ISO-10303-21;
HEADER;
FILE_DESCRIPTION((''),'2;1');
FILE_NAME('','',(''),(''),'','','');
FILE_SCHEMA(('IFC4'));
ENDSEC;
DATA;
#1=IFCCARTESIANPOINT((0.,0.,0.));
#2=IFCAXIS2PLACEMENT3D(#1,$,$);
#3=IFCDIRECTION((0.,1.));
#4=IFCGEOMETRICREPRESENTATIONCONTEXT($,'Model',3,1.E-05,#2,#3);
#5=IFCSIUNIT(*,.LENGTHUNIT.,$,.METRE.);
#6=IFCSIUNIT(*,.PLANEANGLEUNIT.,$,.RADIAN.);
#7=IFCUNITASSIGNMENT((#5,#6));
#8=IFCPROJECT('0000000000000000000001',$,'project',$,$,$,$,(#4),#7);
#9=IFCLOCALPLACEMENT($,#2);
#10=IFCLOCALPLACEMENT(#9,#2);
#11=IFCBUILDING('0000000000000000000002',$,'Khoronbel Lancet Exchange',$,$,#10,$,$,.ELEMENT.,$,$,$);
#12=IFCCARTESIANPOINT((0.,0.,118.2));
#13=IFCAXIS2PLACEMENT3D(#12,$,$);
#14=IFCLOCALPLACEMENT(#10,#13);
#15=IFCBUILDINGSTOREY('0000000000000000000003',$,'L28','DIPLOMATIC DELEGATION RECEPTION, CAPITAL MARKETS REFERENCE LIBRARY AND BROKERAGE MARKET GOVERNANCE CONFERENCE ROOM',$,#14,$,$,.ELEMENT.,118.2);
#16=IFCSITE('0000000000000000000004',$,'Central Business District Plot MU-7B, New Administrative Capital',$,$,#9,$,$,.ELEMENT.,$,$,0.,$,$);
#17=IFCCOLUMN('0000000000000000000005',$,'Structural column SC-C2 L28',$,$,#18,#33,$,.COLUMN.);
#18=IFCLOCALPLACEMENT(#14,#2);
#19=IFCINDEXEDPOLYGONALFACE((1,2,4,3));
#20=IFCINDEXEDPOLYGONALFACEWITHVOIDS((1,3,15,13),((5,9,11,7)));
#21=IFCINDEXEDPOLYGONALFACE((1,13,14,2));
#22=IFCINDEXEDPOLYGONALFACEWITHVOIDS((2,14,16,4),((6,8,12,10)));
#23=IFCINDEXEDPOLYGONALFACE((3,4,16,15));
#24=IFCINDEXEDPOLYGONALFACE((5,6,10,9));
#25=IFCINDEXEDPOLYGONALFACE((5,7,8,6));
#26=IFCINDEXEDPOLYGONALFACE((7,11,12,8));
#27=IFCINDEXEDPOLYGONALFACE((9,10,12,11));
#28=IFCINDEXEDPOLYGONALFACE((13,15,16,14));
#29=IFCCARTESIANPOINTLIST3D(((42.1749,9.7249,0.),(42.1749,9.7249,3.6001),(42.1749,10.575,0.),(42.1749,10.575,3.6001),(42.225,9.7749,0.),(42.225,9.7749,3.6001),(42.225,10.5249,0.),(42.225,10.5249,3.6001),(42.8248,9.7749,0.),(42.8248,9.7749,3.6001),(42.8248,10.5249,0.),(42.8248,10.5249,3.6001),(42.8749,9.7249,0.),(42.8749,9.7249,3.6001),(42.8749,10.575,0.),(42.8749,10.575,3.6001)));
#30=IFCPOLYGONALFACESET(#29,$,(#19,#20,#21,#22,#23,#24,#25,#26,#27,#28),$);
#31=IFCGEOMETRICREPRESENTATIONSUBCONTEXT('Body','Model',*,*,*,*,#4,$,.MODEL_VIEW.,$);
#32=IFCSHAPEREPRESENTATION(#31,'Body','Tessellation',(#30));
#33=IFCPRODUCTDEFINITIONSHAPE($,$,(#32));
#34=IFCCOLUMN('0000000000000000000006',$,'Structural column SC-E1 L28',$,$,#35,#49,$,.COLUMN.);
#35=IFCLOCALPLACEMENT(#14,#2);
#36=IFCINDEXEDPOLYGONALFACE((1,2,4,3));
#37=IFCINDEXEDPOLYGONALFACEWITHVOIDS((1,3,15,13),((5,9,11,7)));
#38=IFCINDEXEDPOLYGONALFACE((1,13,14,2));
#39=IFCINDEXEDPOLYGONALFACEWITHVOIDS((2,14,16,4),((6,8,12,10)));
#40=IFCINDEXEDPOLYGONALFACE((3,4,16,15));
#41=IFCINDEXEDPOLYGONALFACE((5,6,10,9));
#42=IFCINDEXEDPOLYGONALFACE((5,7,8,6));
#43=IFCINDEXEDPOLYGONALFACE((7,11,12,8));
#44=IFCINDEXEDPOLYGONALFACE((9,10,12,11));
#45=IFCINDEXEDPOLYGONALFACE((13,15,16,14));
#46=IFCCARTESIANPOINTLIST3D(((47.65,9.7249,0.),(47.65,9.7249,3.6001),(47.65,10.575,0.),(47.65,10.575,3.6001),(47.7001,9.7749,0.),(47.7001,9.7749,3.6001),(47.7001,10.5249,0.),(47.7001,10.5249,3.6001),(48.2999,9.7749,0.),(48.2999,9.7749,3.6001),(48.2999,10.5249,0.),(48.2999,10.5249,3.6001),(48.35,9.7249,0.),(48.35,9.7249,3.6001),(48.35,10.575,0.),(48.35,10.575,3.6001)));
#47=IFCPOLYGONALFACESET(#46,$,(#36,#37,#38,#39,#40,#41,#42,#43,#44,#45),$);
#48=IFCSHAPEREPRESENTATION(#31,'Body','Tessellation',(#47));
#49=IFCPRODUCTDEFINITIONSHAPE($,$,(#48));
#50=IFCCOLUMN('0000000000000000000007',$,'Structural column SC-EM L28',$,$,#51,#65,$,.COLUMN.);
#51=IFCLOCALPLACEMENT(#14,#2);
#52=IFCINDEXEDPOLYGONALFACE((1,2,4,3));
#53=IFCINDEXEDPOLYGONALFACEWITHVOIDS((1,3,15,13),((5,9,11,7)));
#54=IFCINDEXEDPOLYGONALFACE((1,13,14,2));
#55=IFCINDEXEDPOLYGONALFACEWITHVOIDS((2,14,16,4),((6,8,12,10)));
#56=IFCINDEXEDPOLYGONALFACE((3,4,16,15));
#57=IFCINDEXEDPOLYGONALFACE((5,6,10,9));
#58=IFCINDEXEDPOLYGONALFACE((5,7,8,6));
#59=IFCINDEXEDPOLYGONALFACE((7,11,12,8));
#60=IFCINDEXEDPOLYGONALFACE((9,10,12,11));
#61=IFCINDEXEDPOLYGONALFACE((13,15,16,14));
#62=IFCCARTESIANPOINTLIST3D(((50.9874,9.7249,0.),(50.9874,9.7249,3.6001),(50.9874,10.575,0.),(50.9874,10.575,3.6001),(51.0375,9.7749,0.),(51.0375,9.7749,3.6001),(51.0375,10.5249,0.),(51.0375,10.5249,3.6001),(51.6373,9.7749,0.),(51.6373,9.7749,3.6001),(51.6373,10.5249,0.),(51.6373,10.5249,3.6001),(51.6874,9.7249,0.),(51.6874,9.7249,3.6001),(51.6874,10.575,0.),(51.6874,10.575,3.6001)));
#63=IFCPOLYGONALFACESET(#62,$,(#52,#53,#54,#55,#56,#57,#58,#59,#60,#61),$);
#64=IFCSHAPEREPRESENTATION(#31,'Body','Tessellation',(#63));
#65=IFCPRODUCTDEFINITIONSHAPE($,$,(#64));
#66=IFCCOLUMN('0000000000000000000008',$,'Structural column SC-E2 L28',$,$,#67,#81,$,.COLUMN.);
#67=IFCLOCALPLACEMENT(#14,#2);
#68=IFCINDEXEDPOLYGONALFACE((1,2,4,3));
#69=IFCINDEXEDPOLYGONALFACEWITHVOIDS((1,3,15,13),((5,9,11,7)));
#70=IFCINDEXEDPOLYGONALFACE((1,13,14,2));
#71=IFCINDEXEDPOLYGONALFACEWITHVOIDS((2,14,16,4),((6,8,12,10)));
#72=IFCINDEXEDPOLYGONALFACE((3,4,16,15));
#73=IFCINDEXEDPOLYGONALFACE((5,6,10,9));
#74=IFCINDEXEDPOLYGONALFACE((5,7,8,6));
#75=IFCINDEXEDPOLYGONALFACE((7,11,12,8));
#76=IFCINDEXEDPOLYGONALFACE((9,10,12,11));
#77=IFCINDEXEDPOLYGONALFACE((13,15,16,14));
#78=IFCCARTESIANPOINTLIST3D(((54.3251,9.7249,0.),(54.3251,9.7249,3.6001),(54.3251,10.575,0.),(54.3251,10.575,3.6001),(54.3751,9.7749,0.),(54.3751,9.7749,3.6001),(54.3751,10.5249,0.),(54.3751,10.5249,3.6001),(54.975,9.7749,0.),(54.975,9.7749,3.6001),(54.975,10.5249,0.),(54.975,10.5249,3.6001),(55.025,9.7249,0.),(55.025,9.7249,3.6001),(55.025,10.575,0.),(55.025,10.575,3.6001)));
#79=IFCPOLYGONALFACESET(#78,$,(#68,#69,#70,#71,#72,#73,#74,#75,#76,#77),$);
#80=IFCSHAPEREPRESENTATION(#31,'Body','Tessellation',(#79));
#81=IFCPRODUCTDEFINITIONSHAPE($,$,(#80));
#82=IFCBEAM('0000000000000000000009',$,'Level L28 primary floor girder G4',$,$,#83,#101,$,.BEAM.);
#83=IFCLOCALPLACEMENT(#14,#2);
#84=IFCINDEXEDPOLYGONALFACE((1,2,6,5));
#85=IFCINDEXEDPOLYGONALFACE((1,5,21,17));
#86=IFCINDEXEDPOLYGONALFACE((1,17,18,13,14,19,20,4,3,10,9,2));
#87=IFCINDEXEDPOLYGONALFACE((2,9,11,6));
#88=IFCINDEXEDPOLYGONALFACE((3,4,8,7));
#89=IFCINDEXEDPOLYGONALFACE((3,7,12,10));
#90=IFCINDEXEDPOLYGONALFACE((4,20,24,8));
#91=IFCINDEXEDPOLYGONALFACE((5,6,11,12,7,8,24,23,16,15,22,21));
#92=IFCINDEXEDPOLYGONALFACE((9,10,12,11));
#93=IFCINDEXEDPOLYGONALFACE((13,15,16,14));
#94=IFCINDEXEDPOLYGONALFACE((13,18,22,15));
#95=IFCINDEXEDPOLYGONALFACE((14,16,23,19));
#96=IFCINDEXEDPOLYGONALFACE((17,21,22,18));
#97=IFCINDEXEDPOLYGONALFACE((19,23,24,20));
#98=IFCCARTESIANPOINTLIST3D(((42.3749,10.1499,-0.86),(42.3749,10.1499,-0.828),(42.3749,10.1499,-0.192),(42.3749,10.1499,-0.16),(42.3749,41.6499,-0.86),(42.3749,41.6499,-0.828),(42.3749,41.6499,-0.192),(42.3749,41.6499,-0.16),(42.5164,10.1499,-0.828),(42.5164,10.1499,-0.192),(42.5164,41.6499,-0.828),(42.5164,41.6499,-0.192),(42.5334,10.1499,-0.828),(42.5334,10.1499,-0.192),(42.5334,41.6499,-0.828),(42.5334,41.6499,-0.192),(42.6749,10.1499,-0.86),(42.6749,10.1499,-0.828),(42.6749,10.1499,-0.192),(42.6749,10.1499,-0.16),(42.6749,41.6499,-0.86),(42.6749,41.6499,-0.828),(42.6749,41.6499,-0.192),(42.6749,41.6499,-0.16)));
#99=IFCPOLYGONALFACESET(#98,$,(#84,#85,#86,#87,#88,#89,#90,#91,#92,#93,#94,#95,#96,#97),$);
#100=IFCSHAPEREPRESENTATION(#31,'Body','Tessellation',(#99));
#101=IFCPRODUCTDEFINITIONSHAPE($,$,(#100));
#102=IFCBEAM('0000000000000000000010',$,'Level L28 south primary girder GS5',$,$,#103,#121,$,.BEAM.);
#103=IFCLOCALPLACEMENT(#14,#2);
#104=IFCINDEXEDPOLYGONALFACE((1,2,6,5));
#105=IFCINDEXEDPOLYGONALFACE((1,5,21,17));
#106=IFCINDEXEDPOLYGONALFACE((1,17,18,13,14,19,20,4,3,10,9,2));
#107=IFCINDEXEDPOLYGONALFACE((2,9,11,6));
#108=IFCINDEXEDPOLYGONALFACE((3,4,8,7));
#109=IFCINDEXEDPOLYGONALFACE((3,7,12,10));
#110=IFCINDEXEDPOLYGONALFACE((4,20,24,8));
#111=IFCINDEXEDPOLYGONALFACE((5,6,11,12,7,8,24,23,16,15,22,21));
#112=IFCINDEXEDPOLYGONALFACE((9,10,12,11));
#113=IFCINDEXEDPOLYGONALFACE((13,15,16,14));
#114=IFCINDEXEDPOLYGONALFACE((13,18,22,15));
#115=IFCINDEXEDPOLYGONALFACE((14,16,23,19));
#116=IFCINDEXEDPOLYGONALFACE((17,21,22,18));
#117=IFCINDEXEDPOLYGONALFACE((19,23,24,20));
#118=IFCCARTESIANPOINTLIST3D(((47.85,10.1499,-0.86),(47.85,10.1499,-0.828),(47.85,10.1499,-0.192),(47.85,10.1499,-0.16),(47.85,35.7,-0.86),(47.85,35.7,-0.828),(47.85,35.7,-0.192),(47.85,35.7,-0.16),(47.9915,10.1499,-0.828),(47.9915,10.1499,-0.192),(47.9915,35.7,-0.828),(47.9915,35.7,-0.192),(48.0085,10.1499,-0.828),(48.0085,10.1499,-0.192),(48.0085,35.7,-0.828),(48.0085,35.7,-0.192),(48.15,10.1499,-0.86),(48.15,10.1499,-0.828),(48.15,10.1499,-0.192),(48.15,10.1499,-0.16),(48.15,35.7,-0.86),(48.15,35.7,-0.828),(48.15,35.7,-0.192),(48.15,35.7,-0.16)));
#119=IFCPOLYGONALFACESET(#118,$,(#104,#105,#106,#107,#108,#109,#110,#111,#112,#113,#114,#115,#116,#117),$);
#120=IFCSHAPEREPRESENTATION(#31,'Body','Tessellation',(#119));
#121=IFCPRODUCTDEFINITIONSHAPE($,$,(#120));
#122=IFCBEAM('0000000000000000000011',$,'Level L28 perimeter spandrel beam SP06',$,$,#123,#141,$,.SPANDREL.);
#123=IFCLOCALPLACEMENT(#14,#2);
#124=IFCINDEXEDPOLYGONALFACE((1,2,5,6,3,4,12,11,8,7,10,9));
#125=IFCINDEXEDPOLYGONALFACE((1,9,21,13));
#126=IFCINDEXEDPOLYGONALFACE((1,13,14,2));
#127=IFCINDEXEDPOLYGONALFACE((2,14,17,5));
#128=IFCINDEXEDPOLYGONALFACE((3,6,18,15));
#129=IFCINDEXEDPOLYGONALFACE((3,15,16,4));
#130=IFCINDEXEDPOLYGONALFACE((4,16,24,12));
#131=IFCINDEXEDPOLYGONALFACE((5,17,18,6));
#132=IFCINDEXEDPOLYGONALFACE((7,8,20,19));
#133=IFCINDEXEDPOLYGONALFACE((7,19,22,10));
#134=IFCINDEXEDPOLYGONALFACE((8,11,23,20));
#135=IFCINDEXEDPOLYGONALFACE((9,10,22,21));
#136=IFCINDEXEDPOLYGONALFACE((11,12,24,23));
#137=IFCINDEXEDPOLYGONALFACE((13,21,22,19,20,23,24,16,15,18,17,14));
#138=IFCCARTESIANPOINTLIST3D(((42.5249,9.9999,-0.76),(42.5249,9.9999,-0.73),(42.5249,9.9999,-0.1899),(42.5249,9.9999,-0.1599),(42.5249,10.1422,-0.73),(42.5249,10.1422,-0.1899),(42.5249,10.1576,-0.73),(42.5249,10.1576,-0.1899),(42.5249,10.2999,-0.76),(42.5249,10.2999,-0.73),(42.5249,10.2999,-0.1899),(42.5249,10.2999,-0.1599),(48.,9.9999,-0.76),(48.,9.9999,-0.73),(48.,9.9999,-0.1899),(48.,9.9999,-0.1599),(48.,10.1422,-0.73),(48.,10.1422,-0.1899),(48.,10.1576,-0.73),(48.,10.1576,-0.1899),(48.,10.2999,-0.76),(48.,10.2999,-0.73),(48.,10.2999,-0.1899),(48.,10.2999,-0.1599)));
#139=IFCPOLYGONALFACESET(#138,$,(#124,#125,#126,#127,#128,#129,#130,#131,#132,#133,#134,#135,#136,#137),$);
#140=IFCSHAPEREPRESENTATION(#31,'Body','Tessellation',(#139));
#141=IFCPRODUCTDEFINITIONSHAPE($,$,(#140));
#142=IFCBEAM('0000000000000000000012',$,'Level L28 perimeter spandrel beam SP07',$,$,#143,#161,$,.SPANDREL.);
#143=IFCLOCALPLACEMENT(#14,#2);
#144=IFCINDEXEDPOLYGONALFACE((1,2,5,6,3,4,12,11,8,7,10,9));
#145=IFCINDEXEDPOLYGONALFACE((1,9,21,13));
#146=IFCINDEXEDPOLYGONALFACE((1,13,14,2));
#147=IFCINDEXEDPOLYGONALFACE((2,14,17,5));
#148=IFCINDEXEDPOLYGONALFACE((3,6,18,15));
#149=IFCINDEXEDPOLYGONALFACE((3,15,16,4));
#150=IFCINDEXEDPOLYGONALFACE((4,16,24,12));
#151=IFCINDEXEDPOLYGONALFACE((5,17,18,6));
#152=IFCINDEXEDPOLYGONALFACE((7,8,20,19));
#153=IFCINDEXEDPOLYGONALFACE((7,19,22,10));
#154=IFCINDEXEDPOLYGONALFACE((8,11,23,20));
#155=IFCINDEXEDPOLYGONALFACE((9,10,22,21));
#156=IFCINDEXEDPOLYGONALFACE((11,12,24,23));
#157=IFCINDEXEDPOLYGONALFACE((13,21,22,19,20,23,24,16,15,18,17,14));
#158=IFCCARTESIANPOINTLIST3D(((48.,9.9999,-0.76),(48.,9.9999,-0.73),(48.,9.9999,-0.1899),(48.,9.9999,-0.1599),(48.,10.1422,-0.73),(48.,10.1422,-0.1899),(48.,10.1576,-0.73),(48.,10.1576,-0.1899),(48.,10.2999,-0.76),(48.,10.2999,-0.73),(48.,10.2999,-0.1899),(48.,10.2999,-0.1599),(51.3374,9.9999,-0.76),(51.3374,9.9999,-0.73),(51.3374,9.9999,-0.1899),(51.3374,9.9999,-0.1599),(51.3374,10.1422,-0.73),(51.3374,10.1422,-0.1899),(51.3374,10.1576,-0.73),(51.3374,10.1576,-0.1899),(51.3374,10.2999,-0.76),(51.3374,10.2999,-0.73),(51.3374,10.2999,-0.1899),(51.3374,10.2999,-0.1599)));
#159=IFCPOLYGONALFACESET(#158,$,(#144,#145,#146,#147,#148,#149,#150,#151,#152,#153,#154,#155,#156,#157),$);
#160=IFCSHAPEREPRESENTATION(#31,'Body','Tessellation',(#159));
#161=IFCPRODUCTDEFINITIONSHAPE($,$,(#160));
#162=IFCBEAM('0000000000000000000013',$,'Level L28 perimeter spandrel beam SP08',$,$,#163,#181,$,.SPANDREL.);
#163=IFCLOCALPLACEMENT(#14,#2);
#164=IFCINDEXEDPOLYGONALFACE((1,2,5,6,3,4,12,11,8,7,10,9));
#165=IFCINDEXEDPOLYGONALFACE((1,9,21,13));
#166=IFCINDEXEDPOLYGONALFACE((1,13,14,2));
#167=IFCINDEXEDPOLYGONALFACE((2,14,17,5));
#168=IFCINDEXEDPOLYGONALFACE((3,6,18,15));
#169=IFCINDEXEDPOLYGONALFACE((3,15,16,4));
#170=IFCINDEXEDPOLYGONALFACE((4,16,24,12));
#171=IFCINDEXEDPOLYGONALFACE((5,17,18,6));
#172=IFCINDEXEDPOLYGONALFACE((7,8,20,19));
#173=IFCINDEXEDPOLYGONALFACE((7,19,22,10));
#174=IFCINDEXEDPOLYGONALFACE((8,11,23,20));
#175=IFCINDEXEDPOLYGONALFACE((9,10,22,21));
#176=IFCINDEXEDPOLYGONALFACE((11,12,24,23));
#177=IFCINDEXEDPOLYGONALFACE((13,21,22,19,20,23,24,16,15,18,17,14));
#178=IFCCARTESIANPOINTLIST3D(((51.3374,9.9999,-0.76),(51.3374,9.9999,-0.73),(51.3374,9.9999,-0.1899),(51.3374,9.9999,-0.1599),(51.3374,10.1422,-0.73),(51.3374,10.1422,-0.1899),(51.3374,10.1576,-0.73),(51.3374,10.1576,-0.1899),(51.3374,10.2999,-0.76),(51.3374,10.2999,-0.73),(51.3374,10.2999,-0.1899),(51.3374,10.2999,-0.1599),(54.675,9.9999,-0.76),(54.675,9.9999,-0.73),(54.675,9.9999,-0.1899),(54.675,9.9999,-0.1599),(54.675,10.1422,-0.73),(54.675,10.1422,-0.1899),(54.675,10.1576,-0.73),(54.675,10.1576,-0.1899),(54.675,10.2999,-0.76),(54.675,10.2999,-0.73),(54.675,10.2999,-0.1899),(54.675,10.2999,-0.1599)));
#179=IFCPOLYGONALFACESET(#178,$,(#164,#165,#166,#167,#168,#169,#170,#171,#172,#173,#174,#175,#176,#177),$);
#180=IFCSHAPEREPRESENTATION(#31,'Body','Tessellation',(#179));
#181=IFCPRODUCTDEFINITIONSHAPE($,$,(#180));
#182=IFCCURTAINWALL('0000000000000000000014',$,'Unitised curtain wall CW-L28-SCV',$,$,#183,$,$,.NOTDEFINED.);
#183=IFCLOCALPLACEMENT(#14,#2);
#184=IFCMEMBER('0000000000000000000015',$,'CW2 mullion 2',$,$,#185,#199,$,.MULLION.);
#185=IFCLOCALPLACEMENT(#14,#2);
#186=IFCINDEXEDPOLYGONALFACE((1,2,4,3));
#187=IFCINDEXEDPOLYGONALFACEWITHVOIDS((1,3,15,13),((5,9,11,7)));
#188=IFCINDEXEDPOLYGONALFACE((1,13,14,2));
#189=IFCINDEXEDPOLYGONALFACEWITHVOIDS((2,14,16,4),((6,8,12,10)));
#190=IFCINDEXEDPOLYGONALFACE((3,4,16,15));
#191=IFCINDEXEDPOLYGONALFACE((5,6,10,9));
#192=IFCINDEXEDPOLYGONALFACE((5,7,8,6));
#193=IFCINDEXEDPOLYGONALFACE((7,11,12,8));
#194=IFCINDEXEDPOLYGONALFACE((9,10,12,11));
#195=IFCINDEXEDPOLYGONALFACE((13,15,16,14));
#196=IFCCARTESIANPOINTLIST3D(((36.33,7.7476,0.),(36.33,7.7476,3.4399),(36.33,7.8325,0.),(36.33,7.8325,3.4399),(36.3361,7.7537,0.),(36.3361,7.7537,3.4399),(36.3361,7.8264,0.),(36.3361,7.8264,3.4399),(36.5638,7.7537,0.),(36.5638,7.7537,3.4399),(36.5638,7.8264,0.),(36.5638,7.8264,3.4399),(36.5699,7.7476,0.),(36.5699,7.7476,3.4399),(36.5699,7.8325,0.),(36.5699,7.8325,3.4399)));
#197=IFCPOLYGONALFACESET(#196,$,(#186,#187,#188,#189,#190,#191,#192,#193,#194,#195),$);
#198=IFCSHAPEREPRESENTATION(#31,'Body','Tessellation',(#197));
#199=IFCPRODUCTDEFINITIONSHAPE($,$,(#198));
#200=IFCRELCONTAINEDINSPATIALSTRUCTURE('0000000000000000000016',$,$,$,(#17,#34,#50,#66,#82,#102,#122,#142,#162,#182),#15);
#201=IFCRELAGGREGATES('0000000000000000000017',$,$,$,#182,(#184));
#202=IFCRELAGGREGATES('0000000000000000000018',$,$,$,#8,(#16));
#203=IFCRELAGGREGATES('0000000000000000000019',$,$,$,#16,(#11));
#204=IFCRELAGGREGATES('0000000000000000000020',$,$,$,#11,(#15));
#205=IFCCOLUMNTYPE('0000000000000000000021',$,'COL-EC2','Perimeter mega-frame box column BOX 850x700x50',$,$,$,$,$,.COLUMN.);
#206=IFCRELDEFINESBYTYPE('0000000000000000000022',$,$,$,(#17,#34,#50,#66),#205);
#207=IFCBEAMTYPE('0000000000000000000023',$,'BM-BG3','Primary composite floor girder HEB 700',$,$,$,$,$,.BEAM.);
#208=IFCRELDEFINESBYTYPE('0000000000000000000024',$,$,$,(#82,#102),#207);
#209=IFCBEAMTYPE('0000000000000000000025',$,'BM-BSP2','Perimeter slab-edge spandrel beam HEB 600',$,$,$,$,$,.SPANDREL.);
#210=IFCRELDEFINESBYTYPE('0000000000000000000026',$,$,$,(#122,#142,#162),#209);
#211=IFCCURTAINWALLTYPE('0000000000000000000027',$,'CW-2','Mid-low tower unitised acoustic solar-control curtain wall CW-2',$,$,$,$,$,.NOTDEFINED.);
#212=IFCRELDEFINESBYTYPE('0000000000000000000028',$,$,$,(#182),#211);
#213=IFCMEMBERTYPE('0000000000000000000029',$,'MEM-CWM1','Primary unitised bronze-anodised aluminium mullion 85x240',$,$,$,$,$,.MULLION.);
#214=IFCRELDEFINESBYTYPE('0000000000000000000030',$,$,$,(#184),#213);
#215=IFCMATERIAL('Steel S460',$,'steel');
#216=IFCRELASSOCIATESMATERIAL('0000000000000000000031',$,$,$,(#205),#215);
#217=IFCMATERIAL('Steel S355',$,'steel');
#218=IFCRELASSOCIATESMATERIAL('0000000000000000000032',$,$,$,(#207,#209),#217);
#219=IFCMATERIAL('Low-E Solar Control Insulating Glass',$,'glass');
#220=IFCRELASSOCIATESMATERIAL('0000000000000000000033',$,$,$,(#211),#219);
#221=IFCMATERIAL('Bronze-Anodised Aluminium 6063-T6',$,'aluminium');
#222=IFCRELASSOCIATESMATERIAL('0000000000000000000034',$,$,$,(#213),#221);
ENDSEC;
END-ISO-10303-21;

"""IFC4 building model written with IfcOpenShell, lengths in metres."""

from ifc_helpers import new_model, si_unit, direction, frame, origin, origin_2d, place, context, subcontext, project, spatial, hollow_rectangle, i_section, extrude, material, material_profile, profile_set, type_object, element, aggregate, save


model = new_model("IFC4")

# Units and contexts
model_context = context("Model", 3, precision=1e-05, world=origin(), true_north=direction((0.0, 1.0)))
body_context = subcontext(model_context, "Body", "Model", "MODEL_VIEW")
ifc_project = project(units=[si_unit("LENGTHUNIT", "METRE"), si_unit("PLANEANGLEUNIT", "RADIAN")], contexts=[model_context])

# Site, building, storey
site_placement = place(None, origin())
site = spatial("IfcSite", under=ifc_project, at=site_placement, Name="Central Business District Plot MU-7B, New Administrative Capital", CompositionType="ELEMENT", RefElevation=0.0)
building_placement = place(site_placement, origin())
building = spatial("IfcBuilding", under=site, at=building_placement, Name="Khoronbel Lancet Exchange", CompositionType="ELEMENT")
storey_placement = place(building_placement, frame((0.0, 0.0, 118.2)))
storey = spatial("IfcBuildingStorey", under=building, at=storey_placement, Name="L28", Description="DIPLOMATIC DELEGATION RECEPTION, CAPITAL MARKETS REFERENCE LIBRARY AND BROKERAGE MARKET GOVERNANCE CONFERENCE ROOM", CompositionType="ELEMENT", Elevation=118.2)

# Columns
ifc_material_1 = material(Name="Steel S460", Category="steel")
ifc_material_profile_1 = material_profile(ifc_material_1, hollow_rectangle(XDim=0.7, YDim=0.8501, WallThickness=0.05, at=origin_2d()), Name="BOX 850x700x50")
ifc_profile_set_1 = profile_set([ifc_material_profile_1], Name="Steel S460")
column_type = type_object("IfcColumnType", Name="COL-EC2", Description="Perimeter mega-frame box column BOX 850x700x50", PredefinedType="COLUMN", material=ifc_profile_set_1)
for number, where, z_axis, x_axis, name in (
    (1, (42.5249, 10.1499, 0.0), (0.0, 0.0, 1.0), (1.0, 0.0, 0.0), "Structural column SC-C2 L28"),
    (2, (48.0, 10.1499, 0.0), (0.0, 0.0, 1.0), (1.0, 0.0, 0.0), "Structural column SC-E1 L28"),
    (3, (51.3374, 10.1499, 0.0), (0.0, 0.0, 1.0), (1.0, 0.0, 0.0), "Structural column SC-EM L28"),
    (4, (54.675, 10.1499, 0.0), (0.0, 0.0, 1.0), (1.0, 0.0, 0.0), "Structural column SC-E2 L28"),
):
    element("IfcColumn", number, at=place(storey_placement, frame(where, z_axis=z_axis, x_axis=x_axis)), inside=storey, type_object=column_type, Name=name, PredefinedType="COLUMN", context=body_context, shape_type="SweptSolid", body=[
        extrude(hollow_rectangle(XDim=0.7, YDim=0.8501, WallThickness=0.05, at=origin_2d()), origin(), (0.0, 0.0, 1.0), 3.6001),
    ])

# Beams
ifc_material_2 = material(Name="Steel S355", Category="steel")
ifc_material_profile_2 = material_profile(ifc_material_2, i_section(OverallWidth=0.3, OverallDepth=0.7, WebThickness=0.0171, FlangeThickness=0.032, at=origin_2d()), Name="HEB 700")
ifc_profile_set_2 = profile_set([ifc_material_profile_2], Name="Steel S355")
beam_type_1 = type_object("IfcBeamType", Name="BM-BG3", Description="Primary composite floor girder HEB 700", PredefinedType="BEAM", material=ifc_profile_set_2)
beam_1_placement = place(storey_placement, frame((42.5249, 10.1499, -0.51), z_axis=(0.0, 1.0, 0.0), x_axis=(-1.0, 0.0, 0.0)))
element("IfcBeam", 5, at=beam_1_placement, inside=storey, type_object=beam_type_1, Name="Level L28 primary floor girder G4", PredefinedType="BEAM", context=body_context, shape_type="SweptSolid", body=[
    extrude(i_section(OverallWidth=0.3, OverallDepth=0.7, WebThickness=0.0171, FlangeThickness=0.032, at=origin_2d()), origin(), (0.0, 0.0, 1.0), 31.5),
])
beam_2_placement = place(storey_placement, frame((48.0, 10.1499, -0.51), z_axis=(0.0, 1.0, 0.0), x_axis=(-1.0, 0.0, 0.0)))
element("IfcBeam", 6, at=beam_2_placement, inside=storey, type_object=beam_type_1, Name="Level L28 south primary girder GS5", PredefinedType="BEAM", context=body_context, shape_type="SweptSolid", body=[
    extrude(i_section(OverallWidth=0.3, OverallDepth=0.7, WebThickness=0.0171, FlangeThickness=0.032, at=origin_2d()), origin(), (0.0, 0.0, 1.0), 25.55),
])
ifc_material_profile_3 = material_profile(ifc_material_2, i_section(OverallWidth=0.3, OverallDepth=0.6001, WebThickness=0.0154, FlangeThickness=0.03, at=origin_2d()), Name="HEB 600")
ifc_profile_set_3 = profile_set([ifc_material_profile_3], Name="Steel S355")
beam_type_2 = type_object("IfcBeamType", Name="BM-BSP2", Description="Perimeter slab-edge spandrel beam HEB 600", PredefinedType="SPANDREL", material=ifc_profile_set_3)
beam_3_placement = place(storey_placement, frame((42.5249, 10.1499, -0.46), z_axis=(1.0, 0.0, 0.0), x_axis=(0.0, 1.0, 0.0)))
element("IfcBeam", 7, at=beam_3_placement, inside=storey, type_object=beam_type_2, Name="Level L28 perimeter spandrel beam SP06", PredefinedType="SPANDREL", context=body_context, shape_type="SweptSolid", body=[
    extrude(i_section(OverallWidth=0.3, OverallDepth=0.6001, WebThickness=0.0154, FlangeThickness=0.03, at=origin_2d()), origin(), (0.0, 0.0, 1.0), 5.4751),
])
beam_4_placement = place(storey_placement, frame((48.0, 10.1499, -0.46), z_axis=(1.0, 0.0, 0.0), x_axis=(0.0, 1.0, 0.0)))
element("IfcBeam", 8, at=beam_4_placement, inside=storey, type_object=beam_type_2, Name="Level L28 perimeter spandrel beam SP07", PredefinedType="SPANDREL", context=body_context, shape_type="SweptSolid", body=[
    extrude(i_section(OverallWidth=0.3, OverallDepth=0.6001, WebThickness=0.0154, FlangeThickness=0.03, at=origin_2d()), origin(), (0.0, 0.0, 1.0), 3.3374),
])
beam_5_placement = place(storey_placement, frame((51.3374, 10.1499, -0.46), z_axis=(1.0, 0.0, 0.0), x_axis=(0.0, 1.0, 0.0)))
element("IfcBeam", 9, at=beam_5_placement, inside=storey, type_object=beam_type_2, Name="Level L28 perimeter spandrel beam SP08", PredefinedType="SPANDREL", context=body_context, shape_type="SweptSolid", body=[
    extrude(i_section(OverallWidth=0.3, OverallDepth=0.6001, WebThickness=0.0154, FlangeThickness=0.03, at=origin_2d()), origin(), (0.0, 0.0, 1.0), 3.3376),
])

# Curtain wall, member
ifc_material_3 = material(Name="Low-E Solar Control Insulating Glass", Category="glass")
curtain_wall_type = type_object("IfcCurtainWallType", Name="CW-2", Description="Mid-low tower unitised acoustic solar-control curtain wall CW-2", PredefinedType="NOTDEFINED", material=ifc_material_3)
curtain_wall_1_placement = place(storey_placement, origin())
curtain_wall_1 = element("IfcCurtainWall", 10, at=curtain_wall_1_placement, inside=storey, type_object=curtain_wall_type, Name="Unitised curtain wall CW-L28-SCV", PredefinedType="NOTDEFINED")
ifc_material_4 = material(Name="Bronze-Anodised Aluminium 6063-T6", Category="aluminium")
ifc_material_profile_4 = material_profile(ifc_material_4, hollow_rectangle(XDim=0.085, YDim=0.24, WallThickness=0.0061, at=origin_2d()), Name="ALU MULLION 85x240")
ifc_profile_set_4 = profile_set([ifc_material_profile_4], Name="Bronze-Anodised Aluminium 6063-T6")
member_type_1 = type_object("IfcMemberType", Name="MEM-CWM1", Description="Primary unitised bronze-anodised aluminium mullion 85x240", PredefinedType="MULLION", material=ifc_profile_set_4)
member_1_placement = place(storey_placement, frame((36.45, 7.79, 0.0), z_axis=(0.0, 0.0, 1.0), x_axis=(0.0, 1.0, 0.0)))
member_1 = element("IfcMember", 11, at=member_1_placement, type_object=member_type_1, Name="CW2 mullion 2", PredefinedType="MULLION", context=body_context, shape_type="SweptSolid", body=[
    extrude(hollow_rectangle(XDim=0.085, YDim=0.24, WallThickness=0.0061, at=origin_2d()), origin(), (0.0, 0.0, 1.0), 3.4399),
])

aggregate(curtain_wall_1, [member_1])

save(model, "model.ifc")
